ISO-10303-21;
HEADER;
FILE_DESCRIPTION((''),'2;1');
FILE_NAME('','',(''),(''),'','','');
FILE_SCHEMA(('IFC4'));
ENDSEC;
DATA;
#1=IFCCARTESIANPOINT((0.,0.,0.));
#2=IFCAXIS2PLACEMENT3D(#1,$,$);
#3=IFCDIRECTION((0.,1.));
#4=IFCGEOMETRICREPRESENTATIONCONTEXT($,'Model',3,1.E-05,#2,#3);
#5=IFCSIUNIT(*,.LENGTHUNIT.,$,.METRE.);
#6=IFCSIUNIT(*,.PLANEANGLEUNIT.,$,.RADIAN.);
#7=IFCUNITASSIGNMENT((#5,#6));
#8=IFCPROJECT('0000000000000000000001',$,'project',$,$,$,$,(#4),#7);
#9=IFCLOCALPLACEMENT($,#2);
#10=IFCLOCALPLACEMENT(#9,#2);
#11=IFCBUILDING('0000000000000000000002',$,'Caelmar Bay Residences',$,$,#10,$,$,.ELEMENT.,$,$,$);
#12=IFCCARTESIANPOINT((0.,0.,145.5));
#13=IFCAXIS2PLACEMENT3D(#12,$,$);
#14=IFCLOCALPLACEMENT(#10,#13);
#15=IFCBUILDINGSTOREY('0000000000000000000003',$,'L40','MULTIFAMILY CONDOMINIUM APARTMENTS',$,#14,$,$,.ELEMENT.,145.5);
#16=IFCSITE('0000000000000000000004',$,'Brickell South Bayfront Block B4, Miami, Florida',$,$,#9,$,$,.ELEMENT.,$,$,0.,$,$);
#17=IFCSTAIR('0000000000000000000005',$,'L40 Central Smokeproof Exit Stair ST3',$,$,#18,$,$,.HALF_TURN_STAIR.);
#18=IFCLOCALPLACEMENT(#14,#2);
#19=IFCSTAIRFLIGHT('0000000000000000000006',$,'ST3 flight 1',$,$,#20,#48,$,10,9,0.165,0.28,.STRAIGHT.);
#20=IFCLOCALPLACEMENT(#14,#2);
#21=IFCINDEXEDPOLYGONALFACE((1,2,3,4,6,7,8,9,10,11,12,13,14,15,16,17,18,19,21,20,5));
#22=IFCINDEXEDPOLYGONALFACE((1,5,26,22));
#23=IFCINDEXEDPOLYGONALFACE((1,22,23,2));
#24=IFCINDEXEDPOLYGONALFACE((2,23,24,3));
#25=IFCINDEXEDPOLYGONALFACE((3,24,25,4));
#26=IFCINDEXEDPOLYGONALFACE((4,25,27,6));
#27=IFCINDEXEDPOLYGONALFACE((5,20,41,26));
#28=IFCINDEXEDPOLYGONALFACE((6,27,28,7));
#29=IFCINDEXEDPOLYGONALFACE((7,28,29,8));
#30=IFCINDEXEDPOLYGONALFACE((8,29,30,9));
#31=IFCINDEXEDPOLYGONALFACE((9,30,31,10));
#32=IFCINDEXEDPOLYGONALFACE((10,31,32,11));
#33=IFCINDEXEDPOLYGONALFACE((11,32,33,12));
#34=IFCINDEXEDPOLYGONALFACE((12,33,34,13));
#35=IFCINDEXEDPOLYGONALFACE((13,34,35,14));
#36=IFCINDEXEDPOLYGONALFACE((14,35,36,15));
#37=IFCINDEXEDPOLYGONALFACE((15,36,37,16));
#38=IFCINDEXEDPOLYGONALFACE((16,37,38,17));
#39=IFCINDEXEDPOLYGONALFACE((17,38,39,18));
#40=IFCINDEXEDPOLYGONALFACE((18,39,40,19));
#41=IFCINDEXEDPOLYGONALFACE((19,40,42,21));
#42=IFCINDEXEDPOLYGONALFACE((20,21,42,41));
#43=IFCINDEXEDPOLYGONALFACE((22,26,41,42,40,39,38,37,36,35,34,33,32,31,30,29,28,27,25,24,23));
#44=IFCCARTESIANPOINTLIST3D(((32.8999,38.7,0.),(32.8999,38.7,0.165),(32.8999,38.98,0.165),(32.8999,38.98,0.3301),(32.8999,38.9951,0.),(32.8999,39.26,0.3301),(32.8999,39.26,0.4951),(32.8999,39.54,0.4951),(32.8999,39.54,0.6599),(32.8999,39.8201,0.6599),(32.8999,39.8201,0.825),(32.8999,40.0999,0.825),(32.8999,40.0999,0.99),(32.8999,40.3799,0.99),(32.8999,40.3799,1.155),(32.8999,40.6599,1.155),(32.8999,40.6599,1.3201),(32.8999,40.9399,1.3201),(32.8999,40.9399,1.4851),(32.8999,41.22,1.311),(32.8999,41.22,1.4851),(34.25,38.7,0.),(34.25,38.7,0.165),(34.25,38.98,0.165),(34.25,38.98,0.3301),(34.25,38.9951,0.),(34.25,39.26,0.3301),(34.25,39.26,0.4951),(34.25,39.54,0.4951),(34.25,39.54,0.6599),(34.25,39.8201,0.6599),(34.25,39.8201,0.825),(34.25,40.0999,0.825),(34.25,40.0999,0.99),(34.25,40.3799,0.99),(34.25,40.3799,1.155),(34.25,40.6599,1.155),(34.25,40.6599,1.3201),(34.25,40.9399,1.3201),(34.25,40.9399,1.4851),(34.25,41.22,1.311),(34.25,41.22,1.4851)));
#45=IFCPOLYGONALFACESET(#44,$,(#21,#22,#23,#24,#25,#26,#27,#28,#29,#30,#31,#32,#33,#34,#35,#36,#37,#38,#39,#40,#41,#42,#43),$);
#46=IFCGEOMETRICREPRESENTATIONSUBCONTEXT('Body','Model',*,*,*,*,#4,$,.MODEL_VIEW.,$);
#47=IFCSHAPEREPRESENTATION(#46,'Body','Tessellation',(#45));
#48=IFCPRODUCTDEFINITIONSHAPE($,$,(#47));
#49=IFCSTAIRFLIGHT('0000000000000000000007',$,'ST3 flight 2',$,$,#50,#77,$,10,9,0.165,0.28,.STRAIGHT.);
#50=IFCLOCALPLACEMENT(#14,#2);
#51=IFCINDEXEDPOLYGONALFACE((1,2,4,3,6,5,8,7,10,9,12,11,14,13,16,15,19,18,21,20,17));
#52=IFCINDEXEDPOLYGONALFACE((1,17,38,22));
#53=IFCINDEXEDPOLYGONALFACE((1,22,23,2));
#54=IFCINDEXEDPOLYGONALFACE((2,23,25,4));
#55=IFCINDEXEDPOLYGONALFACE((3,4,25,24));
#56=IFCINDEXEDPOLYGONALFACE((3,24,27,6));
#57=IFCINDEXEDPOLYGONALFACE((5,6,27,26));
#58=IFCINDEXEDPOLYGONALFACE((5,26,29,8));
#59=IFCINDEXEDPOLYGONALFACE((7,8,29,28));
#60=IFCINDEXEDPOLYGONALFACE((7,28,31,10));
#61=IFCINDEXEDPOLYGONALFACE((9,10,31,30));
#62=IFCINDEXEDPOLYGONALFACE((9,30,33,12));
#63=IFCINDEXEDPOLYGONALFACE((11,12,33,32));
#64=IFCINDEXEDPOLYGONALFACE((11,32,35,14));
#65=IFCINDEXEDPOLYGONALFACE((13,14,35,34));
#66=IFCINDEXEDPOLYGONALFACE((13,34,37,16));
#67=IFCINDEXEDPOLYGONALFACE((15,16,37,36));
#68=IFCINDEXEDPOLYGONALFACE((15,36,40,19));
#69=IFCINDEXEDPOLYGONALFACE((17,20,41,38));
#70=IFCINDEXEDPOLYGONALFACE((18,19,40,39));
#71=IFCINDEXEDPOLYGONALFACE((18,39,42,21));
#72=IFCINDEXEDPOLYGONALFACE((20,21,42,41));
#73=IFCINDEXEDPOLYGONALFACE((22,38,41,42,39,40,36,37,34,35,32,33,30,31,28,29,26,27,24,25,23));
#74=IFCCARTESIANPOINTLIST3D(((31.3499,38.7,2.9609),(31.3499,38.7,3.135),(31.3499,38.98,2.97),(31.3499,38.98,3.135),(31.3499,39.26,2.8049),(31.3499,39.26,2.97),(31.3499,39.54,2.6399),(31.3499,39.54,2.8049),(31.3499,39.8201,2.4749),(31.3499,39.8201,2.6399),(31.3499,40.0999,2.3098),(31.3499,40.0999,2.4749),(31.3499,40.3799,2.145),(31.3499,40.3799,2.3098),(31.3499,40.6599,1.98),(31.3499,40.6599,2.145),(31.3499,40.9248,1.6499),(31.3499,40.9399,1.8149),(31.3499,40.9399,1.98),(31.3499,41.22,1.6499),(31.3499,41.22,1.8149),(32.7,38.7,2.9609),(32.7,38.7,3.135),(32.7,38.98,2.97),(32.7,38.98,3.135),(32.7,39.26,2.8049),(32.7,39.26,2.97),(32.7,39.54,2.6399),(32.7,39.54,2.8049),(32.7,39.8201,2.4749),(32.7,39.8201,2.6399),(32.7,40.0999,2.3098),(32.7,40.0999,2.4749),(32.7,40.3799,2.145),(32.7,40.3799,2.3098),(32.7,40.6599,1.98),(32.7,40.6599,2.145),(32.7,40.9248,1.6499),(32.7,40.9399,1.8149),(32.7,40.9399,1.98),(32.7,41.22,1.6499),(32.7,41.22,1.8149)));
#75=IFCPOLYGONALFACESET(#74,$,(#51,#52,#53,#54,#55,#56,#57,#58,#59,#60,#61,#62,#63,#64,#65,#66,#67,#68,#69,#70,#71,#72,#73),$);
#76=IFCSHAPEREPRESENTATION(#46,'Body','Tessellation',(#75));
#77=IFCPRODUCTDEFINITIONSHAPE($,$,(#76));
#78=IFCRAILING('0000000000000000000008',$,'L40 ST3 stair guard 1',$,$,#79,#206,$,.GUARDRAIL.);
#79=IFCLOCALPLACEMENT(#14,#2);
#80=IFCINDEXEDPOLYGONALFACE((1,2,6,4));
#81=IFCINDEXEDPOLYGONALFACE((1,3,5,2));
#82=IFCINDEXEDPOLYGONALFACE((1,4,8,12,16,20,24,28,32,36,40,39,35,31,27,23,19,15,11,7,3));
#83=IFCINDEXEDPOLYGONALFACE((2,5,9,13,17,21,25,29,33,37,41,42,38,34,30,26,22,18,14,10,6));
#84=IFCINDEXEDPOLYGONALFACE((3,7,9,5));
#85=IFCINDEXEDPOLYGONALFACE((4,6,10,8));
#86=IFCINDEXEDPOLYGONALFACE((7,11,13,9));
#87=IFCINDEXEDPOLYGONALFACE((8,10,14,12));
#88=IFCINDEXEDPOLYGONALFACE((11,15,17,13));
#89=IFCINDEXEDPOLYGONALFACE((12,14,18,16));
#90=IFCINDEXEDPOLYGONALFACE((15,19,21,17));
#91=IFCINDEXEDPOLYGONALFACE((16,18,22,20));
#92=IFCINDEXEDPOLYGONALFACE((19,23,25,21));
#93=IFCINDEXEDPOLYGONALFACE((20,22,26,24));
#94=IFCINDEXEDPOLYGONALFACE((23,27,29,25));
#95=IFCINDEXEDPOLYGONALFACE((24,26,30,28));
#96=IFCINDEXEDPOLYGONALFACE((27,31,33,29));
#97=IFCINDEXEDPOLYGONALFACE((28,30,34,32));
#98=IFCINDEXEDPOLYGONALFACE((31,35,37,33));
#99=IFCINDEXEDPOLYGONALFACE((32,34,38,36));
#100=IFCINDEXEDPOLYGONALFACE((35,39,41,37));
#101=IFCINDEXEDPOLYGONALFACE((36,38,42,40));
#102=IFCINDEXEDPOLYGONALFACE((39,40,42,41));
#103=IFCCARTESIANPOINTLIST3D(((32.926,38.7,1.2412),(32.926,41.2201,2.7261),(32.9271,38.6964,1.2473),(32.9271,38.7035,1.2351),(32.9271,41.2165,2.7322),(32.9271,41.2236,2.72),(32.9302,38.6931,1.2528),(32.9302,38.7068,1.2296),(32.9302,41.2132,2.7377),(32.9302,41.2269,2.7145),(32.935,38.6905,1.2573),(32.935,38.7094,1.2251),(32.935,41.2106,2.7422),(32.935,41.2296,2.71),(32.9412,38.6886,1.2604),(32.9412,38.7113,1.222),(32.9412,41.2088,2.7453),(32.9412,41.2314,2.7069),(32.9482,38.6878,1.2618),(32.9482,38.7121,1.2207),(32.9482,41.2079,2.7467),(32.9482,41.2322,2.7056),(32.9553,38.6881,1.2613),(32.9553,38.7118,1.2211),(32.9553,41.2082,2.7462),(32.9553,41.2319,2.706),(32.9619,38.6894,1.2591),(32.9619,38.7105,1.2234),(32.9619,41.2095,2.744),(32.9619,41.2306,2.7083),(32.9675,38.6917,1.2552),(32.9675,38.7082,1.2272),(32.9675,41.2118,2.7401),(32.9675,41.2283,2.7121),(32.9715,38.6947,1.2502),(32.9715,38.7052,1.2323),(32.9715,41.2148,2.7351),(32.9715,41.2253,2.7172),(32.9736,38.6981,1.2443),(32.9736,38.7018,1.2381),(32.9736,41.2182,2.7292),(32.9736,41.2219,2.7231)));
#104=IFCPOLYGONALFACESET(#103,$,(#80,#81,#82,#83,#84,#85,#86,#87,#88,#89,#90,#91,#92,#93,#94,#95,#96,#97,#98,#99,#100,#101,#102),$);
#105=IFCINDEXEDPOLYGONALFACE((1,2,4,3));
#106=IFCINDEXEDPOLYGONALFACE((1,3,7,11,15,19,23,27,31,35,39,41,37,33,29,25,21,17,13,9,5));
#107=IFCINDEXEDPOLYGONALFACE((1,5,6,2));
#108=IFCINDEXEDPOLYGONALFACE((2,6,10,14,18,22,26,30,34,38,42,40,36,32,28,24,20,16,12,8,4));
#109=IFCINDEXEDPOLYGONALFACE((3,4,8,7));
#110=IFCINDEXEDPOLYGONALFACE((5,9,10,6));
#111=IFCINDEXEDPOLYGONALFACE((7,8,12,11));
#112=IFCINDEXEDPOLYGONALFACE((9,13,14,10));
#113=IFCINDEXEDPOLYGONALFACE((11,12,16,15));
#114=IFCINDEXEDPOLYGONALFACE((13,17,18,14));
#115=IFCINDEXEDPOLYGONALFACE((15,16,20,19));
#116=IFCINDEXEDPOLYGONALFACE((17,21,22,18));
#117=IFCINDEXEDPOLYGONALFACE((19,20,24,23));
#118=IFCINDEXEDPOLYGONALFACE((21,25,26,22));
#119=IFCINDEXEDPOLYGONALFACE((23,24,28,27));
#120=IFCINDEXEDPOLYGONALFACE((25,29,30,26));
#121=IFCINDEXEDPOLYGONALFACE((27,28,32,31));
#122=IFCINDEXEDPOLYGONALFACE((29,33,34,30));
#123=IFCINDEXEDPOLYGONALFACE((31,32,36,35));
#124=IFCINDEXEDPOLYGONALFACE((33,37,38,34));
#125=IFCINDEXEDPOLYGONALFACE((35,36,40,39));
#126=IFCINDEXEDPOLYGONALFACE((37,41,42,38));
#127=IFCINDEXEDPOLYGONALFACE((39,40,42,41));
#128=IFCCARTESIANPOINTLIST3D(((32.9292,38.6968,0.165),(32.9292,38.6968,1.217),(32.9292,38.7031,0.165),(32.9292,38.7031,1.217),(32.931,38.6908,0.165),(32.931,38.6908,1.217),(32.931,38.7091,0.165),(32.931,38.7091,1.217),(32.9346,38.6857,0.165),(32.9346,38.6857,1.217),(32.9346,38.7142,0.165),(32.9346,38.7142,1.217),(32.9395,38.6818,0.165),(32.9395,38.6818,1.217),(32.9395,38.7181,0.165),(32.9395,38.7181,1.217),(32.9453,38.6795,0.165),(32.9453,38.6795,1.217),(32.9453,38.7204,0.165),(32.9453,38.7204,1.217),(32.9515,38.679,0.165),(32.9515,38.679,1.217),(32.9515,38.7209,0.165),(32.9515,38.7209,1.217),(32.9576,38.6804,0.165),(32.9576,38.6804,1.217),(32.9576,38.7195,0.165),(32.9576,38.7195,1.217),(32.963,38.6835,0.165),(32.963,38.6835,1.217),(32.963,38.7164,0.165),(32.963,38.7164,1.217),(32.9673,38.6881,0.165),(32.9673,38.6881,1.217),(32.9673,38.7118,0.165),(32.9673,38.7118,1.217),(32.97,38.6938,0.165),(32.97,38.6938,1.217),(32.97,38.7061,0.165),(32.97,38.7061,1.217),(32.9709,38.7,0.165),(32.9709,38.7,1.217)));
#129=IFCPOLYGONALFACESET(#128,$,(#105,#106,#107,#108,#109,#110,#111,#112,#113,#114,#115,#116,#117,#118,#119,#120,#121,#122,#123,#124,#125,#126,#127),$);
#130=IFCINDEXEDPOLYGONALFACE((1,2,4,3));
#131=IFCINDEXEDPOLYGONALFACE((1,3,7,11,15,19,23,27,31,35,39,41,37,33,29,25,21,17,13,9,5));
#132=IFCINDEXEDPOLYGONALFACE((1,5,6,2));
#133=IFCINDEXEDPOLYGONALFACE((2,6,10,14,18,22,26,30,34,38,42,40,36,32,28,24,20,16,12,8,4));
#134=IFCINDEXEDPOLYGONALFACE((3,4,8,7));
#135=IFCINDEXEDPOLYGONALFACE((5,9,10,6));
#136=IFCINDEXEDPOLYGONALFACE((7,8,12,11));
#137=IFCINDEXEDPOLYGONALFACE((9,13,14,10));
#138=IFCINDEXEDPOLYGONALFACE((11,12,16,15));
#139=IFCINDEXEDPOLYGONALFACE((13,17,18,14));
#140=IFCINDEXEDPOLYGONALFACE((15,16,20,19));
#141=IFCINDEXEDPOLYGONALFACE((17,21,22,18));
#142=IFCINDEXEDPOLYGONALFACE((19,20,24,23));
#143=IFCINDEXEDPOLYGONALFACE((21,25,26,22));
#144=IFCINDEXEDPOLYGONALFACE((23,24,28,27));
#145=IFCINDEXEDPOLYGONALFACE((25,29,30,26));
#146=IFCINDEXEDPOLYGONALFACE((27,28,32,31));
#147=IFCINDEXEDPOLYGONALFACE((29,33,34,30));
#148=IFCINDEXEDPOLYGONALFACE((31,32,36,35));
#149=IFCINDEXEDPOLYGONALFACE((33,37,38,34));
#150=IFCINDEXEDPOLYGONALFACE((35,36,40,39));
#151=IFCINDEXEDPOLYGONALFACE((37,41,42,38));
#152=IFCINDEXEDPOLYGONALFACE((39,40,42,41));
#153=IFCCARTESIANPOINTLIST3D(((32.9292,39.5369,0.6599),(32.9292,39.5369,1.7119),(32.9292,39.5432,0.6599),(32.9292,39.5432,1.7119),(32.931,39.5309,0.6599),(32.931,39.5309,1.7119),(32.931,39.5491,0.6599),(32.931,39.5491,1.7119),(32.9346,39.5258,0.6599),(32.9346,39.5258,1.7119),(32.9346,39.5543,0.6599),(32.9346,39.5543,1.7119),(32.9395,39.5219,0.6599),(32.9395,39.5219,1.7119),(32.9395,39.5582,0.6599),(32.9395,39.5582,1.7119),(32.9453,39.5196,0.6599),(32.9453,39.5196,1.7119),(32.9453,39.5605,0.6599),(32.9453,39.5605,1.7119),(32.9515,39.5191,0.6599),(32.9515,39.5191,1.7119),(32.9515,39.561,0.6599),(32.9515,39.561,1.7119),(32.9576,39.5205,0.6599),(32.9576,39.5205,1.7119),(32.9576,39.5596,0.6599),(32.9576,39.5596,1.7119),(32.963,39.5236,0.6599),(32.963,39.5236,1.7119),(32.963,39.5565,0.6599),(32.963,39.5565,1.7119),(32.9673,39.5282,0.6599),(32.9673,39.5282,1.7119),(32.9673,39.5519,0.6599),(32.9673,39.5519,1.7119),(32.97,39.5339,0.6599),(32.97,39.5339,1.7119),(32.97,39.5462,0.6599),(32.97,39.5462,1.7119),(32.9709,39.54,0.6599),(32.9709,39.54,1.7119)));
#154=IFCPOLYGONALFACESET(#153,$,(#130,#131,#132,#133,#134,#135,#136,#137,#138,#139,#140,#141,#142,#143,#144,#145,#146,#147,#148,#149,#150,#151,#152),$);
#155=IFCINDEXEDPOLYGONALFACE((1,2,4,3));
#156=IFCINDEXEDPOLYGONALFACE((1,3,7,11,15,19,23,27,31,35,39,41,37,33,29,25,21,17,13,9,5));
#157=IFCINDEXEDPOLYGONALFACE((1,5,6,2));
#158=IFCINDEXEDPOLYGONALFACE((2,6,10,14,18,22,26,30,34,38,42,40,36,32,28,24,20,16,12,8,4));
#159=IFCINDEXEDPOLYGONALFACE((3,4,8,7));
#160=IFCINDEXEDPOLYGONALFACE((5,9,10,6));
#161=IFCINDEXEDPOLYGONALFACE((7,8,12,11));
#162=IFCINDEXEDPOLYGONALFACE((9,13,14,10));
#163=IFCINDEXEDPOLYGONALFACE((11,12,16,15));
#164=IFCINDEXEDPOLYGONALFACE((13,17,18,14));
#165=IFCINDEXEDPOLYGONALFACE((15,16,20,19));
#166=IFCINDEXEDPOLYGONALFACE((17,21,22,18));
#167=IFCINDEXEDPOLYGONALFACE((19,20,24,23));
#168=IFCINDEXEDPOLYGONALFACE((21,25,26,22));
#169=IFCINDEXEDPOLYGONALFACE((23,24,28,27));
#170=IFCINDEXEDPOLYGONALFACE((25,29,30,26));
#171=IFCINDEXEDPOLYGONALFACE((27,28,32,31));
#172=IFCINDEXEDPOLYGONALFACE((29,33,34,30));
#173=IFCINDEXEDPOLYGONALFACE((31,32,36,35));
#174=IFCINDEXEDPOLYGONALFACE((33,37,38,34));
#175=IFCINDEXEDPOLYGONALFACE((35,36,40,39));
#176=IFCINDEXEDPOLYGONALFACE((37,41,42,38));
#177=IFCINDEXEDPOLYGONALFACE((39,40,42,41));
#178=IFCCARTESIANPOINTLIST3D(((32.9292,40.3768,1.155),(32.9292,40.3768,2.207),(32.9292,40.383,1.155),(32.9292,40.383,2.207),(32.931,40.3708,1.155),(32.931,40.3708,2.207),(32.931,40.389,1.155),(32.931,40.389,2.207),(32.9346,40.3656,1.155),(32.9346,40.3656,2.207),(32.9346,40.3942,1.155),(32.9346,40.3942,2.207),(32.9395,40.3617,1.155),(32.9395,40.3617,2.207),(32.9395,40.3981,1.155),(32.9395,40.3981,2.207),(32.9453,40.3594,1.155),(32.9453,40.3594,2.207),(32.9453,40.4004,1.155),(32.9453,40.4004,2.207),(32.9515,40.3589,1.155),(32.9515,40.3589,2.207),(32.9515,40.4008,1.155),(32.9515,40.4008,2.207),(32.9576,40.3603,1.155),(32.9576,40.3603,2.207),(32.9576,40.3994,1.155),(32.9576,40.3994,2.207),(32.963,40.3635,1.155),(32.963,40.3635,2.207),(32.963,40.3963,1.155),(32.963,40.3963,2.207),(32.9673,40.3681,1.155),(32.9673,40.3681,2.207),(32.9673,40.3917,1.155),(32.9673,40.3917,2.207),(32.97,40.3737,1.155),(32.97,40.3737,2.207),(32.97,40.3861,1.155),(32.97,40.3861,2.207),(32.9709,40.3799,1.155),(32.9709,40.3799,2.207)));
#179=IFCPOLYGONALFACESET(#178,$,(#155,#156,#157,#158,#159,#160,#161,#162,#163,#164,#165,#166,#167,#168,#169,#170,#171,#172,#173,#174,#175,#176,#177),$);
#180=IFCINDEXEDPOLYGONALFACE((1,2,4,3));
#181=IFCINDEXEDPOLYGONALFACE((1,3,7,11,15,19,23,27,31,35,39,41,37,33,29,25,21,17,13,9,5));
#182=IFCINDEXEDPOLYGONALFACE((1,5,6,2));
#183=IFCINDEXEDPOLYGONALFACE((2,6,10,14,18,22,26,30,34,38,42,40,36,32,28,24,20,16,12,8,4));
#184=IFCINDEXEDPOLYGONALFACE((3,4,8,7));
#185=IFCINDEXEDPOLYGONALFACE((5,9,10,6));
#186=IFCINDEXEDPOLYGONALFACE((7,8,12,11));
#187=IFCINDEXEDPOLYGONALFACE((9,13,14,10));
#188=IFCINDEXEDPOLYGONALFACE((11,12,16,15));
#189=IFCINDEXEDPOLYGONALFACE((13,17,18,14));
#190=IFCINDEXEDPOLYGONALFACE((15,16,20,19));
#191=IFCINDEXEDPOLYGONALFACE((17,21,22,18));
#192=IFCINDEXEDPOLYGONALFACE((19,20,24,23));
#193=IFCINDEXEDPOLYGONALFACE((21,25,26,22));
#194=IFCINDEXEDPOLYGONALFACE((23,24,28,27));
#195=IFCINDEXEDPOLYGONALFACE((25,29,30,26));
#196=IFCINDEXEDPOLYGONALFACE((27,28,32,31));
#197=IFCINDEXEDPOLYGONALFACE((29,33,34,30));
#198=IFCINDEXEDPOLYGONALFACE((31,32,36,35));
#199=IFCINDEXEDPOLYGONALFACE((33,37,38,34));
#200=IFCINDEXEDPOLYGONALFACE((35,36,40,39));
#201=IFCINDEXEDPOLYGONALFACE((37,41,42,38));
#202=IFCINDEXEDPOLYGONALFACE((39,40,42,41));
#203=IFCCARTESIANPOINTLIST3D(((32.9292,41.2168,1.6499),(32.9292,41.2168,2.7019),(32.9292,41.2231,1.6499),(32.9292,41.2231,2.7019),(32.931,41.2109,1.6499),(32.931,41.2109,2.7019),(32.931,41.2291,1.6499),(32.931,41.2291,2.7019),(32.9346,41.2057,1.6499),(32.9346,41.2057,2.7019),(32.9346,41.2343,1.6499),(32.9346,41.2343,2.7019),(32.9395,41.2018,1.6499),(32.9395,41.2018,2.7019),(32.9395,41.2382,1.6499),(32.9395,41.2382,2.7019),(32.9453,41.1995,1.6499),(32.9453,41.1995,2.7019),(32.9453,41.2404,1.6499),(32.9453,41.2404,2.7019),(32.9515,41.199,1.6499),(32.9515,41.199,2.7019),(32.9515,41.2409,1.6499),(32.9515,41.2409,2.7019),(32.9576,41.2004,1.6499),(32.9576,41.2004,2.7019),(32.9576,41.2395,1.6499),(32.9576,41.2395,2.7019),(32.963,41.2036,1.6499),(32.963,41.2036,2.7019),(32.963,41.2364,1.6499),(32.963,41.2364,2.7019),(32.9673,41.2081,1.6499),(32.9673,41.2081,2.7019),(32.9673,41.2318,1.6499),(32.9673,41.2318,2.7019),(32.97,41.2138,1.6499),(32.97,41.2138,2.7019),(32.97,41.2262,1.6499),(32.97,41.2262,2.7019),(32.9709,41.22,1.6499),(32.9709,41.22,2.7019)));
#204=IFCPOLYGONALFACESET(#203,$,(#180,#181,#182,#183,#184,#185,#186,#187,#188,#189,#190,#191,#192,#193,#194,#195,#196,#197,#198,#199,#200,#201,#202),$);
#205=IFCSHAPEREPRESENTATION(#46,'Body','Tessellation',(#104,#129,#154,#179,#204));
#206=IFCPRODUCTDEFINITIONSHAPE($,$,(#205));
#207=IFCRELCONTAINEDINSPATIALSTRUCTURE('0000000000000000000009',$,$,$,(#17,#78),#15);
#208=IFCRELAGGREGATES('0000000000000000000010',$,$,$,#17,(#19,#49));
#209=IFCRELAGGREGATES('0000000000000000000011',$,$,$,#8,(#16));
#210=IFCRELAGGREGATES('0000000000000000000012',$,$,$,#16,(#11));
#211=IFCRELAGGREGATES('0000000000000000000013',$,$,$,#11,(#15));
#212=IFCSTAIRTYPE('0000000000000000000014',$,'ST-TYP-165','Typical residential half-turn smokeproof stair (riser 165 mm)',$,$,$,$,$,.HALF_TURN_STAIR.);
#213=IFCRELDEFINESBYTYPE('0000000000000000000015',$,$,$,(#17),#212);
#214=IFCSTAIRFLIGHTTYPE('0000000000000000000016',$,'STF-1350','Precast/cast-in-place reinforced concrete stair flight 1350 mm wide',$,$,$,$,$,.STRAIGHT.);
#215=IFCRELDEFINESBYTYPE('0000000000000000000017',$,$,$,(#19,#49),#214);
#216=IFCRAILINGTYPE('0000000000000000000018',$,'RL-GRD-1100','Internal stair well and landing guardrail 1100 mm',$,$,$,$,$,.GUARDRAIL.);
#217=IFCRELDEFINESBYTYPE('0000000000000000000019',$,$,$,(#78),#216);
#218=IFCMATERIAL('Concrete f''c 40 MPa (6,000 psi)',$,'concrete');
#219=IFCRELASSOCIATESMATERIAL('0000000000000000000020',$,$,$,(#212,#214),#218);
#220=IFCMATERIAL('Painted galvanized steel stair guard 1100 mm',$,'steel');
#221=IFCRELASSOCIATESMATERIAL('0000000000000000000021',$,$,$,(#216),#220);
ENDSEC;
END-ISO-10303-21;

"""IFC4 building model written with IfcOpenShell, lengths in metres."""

from ifc_helpers import new_model, si_unit, direction, frame, origin, origin_2d, place, context, subcontext, project, spatial, polyline, circle, outline, extrude, material, type_object, element, aggregate, save


model = new_model("IFC4")

# Units and contexts
model_context = context("Model", 3, precision=1e-05, world=origin(), true_north=direction((0.0, 1.0)))
body_context = subcontext(model_context, "Body", "Model", "MODEL_VIEW")
ifc_project = project(units=[si_unit("LENGTHUNIT", "METRE"), si_unit("PLANEANGLEUNIT", "RADIAN")], contexts=[model_context])

# Site, building, storey
site_placement = place(None, origin())
site = spatial("IfcSite", under=ifc_project, at=site_placement, Name="Brickell South Bayfront Block B4, Miami, Florida", CompositionType="ELEMENT", RefElevation=0.0)
building_placement = place(site_placement, origin())
building = spatial("IfcBuilding", under=site, at=building_placement, Name="Caelmar Bay Residences", CompositionType="ELEMENT")
storey_placement = place(building_placement, frame((0.0, 0.0, 145.5)))
storey = spatial("IfcBuildingStorey", under=building, at=storey_placement, Name="L40", Description="MULTIFAMILY CONDOMINIUM APARTMENTS", CompositionType="ELEMENT", Elevation=145.5)

# Stair, stair flights
ifc_material_1 = material(Name="Concrete f'c 40 MPa (6,000 psi)", Category="concrete")
stair_type = type_object("IfcStairType", Name="ST-TYP-165", Description="Typical residential half-turn smokeproof stair (riser 165 mm)", PredefinedType="HALF_TURN_STAIR", material=ifc_material_1)
stair_placement = place(storey_placement, origin())
stair = element("IfcStair", 1, at=stair_placement, inside=storey, type_object=stair_type, Name="L40 Central Smokeproof Exit Stair ST3", PredefinedType="HALF_TURN_STAIR")
stair_flight_type = type_object("IfcStairFlightType", Name="STF-1350", Description="Precast/cast-in-place reinforced concrete stair flight 1350 mm wide", PredefinedType="STRAIGHT", material=ifc_material_1)
stair_flight_1_placement = place(storey_placement, frame((33.575, 38.7, 0.0), z_axis=(0.0, 0.0, 1.0), x_axis=(0.0, 1.0, 0.0)))
stair_flight_1 = element("IfcStairFlight", 2, at=stair_flight_1_placement, type_object=stair_flight_type, Name="ST3 flight 1", NumberOfRisers=10, NumberOfTreads=9, PredefinedType="STRAIGHT", RiserHeight=0.165, TreadLength=0.28, context=body_context, shape_type="SweptSolid", body=[
    extrude(outline(polyline([(0.0, 0.0), (0.0, 0.165), (0.28, 0.165), (0.28, 0.3301), (0.5601, 0.3301), (0.5601, 0.4951), (0.8401, 0.4951), (0.8401, 0.6599), (1.1201, 0.6599), (1.1201, 0.825), (1.3999, 0.825), (1.3999, 0.99), (1.6799, 0.99), (1.6799, 1.155), (1.96, 1.155), (1.96, 1.3201), (2.24, 1.3201), (2.24, 1.4851), (2.52, 1.4851), (2.52, 1.6499), (2.52, 1.311), (0.2952, 0.0), (0.0, 0.0)])), frame((0.0, 0.675, 0.0), z_axis=(0.0, -1.0, 0.0), x_axis=(1.0, 0.0, 0.0)), (0.0, 0.0, 1.0), 1.3501),
])
stair_flight_2_placement = place(storey_placement, frame((32.0249, 41.22, 1.6499), z_axis=(0.0, 0.0, 1.0), x_axis=(0.0, -1.0, 0.0)))
stair_flight_2 = element("IfcStairFlight", 3, at=stair_flight_2_placement, type_object=stair_flight_type, Name="ST3 flight 2", NumberOfRisers=10, NumberOfTreads=9, PredefinedType="STRAIGHT", RiserHeight=0.165, TreadLength=0.28, context=body_context, shape_type="SweptSolid", body=[
    extrude(outline(polyline([(0.0, 0.0), (0.0, 0.165), (0.28, 0.165), (0.28, 0.3301), (0.5601, 0.3301), (0.5601, 0.4951), (0.8401, 0.4951), (0.8401, 0.6599), (1.1201, 0.6599), (1.1201, 0.825), (1.3999, 0.825), (1.3999, 0.99), (1.6799, 0.99), (1.6799, 1.155), (1.96, 1.155), (1.96, 1.3201), (2.24, 1.3201), (2.24, 1.4851), (2.52, 1.4851), (2.52, 1.6499), (2.52, 1.311), (0.2952, 0.0), (0.0, 0.0)])), frame((0.0, 0.675, 0.0), z_axis=(0.0, -1.0, 0.0), x_axis=(1.0, 0.0, 0.0)), (0.0, 0.0, 1.0), 1.3501),
])
aggregate(stair, [stair_flight_1, stair_flight_2])

# Railing
ifc_material_2 = material(Name="Painted galvanized steel stair guard 1100 mm", Category="steel")
railing_type_1 = type_object("IfcRailingType", Name="RL-GRD-1100", Description="Internal stair well and landing guardrail 1100 mm", PredefinedType="GUARDRAIL", material=ifc_material_2)
railing_1_placement = place(storey_placement, frame((32.95, 38.7, 0.165)))
element("IfcRailing", 4, at=railing_1_placement, inside=storey, type_object=railing_type_1, Name="L40 ST3 stair guard 1", PredefinedType="GUARDRAIL", context=body_context, shape_type="SweptSolid", body=[
    extrude(circle(Radius=0.0239, at=origin_2d()), frame((0.0, 0.0, 1.0762), z_axis=(0.0, 0.861561, 0.507655), x_axis=(-1.0, 0.0, 0.0)), (0.0, 0.0, 1.0), 2.925),
    extrude(circle(Radius=0.021, at=origin_2d()), origin(), (0.0, 0.0, 1.0), 1.052),
    extrude(circle(Radius=0.021, at=origin_2d()), frame((0.0, 0.8401, 0.4949)), (0.0, 0.0, 1.0), 1.052),
    extrude(circle(Radius=0.021, at=origin_2d()), frame((0.0, 1.6799, 0.99)), (0.0, 0.0, 1.0), 1.052),
    extrude(circle(Radius=0.021, at=origin_2d()), frame((0.0, 2.52, 1.4849)), (0.0, 0.0, 1.0), 1.052),
])

save(model, "model.ifc")
